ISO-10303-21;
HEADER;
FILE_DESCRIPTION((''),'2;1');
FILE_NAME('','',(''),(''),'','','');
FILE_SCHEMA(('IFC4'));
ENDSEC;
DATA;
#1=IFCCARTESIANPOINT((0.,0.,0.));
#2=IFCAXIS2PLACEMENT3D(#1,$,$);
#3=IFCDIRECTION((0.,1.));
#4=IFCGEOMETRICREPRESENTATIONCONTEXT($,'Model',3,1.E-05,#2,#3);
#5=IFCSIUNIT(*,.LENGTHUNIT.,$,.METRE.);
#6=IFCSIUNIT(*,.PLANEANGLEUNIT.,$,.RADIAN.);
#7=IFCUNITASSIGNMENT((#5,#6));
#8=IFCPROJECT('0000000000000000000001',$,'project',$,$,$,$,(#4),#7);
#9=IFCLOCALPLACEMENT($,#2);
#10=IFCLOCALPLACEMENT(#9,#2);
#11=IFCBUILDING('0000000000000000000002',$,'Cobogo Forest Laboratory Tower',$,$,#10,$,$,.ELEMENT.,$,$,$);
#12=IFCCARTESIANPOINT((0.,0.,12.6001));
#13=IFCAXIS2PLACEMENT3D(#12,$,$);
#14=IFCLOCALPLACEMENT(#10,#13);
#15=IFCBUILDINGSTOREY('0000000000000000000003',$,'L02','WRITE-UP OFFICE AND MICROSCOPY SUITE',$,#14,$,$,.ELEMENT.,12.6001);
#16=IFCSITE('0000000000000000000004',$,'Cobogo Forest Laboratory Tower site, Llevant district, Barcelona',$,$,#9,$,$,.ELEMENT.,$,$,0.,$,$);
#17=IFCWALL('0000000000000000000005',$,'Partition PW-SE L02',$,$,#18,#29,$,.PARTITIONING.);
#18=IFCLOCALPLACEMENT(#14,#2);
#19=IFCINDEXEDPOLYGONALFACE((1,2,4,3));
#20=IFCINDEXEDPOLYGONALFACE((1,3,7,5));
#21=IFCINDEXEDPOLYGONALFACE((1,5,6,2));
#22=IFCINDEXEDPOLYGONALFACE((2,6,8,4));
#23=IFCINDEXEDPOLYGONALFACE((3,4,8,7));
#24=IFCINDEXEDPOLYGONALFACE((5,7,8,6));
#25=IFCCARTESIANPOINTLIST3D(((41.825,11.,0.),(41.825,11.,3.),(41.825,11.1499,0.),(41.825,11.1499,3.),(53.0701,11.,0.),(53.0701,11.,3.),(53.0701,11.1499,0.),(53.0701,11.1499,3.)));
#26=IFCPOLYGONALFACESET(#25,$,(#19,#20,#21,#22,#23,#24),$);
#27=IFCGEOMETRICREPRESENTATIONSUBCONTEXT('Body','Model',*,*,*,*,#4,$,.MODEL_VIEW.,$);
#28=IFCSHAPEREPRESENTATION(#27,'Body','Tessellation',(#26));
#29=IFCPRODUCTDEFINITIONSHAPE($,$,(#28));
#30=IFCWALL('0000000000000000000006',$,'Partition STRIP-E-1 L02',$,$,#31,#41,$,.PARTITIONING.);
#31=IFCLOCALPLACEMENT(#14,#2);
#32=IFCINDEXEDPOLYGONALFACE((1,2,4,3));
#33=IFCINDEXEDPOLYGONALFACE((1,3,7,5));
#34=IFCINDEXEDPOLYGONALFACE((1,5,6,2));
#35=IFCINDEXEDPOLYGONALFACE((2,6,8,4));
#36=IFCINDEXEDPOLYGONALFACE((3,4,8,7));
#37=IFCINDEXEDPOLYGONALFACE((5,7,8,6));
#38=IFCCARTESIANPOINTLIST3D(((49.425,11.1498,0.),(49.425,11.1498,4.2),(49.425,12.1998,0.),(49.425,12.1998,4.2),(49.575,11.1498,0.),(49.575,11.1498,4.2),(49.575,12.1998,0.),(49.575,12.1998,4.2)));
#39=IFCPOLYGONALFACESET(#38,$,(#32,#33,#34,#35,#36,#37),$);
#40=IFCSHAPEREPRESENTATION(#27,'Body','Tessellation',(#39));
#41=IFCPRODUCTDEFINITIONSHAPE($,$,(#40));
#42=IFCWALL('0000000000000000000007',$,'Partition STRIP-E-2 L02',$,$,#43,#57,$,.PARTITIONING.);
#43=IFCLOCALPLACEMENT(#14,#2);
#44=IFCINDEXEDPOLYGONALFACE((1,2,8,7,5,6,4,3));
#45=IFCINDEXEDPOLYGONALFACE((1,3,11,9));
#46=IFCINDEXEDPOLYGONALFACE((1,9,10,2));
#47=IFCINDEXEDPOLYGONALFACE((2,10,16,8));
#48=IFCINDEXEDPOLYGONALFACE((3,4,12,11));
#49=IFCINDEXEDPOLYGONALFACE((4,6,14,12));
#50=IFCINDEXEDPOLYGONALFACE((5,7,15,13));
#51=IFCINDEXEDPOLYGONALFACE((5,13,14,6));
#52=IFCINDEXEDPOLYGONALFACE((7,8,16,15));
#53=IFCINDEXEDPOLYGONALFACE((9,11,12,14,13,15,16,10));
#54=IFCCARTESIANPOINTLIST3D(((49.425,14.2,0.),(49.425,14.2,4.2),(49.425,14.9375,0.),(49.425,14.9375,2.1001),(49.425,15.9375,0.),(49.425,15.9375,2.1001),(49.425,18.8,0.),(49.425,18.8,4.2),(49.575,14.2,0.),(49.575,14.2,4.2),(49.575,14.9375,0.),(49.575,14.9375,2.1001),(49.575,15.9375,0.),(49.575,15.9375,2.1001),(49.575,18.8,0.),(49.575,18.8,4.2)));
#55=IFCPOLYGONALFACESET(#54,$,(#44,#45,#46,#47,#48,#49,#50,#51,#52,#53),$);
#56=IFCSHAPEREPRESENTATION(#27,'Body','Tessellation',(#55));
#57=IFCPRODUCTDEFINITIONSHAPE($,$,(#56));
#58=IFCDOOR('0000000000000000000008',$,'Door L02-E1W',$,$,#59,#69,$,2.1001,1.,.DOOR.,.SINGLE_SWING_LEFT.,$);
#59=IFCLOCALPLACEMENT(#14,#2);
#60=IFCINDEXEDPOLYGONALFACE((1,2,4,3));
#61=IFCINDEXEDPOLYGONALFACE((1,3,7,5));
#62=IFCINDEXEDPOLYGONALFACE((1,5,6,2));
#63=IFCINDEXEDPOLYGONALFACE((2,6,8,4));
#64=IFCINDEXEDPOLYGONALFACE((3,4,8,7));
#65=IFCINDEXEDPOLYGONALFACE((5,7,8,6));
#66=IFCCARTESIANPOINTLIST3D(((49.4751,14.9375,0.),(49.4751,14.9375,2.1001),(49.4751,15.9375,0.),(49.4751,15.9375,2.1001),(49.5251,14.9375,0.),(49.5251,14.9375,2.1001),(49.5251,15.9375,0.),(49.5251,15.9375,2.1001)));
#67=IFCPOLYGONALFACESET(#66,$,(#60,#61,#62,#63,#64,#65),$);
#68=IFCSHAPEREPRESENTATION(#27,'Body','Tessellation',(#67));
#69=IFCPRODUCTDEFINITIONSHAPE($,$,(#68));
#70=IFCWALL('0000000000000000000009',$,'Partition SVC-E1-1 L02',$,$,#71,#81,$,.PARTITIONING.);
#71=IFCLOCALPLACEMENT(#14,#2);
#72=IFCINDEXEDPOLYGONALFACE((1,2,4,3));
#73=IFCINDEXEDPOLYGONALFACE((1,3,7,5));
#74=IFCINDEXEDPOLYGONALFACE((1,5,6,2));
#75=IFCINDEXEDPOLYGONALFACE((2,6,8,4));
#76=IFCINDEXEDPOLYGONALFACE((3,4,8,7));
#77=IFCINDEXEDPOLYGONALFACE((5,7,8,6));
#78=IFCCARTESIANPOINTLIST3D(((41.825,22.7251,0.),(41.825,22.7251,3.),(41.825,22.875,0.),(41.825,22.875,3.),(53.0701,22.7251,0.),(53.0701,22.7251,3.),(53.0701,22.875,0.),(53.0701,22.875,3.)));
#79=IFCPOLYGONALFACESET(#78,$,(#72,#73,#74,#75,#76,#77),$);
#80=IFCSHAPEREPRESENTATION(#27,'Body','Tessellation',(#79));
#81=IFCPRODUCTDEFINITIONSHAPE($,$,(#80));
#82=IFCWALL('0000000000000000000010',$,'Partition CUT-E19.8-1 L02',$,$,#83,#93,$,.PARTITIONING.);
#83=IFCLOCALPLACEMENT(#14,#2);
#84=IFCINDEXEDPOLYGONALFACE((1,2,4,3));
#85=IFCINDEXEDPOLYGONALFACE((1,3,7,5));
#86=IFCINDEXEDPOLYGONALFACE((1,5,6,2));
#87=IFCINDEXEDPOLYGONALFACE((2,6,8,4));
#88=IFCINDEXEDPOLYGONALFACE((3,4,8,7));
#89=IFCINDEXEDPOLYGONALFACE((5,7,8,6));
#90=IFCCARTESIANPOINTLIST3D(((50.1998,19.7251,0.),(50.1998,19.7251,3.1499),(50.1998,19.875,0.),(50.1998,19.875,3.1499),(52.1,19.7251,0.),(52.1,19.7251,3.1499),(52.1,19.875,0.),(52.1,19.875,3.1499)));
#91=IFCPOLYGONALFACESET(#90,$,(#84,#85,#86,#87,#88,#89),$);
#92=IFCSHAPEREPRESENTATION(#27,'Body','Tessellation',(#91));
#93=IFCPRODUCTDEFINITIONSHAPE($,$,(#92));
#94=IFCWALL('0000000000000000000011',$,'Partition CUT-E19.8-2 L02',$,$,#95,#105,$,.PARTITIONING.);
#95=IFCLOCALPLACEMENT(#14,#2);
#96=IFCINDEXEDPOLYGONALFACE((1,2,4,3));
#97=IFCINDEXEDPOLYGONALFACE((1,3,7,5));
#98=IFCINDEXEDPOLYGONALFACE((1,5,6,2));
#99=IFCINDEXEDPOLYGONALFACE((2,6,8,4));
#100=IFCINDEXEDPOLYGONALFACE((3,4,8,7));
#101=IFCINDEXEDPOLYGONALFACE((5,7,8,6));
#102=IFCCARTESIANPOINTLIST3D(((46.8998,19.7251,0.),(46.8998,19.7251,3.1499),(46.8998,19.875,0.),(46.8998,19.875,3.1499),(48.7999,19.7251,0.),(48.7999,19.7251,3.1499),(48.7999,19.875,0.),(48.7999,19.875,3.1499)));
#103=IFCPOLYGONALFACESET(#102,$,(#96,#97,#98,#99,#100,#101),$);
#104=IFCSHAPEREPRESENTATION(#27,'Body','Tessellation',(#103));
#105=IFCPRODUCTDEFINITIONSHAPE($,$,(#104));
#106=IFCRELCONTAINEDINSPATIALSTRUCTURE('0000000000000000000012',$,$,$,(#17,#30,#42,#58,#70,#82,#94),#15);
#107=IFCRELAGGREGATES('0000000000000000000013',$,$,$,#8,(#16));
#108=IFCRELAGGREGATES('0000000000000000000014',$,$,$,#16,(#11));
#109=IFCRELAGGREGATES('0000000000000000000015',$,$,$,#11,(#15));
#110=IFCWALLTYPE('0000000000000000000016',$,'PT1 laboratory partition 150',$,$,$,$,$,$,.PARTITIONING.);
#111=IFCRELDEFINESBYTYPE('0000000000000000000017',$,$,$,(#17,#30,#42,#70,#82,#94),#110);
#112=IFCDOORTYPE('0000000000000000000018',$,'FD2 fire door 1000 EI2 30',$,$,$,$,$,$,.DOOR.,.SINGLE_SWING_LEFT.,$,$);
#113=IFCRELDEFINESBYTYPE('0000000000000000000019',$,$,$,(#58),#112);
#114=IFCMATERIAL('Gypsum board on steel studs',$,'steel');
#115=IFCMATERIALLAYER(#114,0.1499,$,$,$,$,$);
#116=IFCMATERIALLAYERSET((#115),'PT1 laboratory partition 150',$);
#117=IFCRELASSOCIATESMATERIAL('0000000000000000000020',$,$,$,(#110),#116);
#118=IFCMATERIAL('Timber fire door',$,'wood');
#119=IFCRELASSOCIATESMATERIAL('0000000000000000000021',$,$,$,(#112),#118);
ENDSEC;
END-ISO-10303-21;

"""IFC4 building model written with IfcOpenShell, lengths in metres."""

from ifc_helpers import new_model, si_unit, direction, frame, frame_2d, origin, place, context, subcontext, project, spatial, rectangle, extrude, material, layer, layer_set, type_object, element, fill, save


model = new_model("IFC4")

# Units and contexts
model_context = context("Model", 3, precision=1e-05, world=origin(), true_north=direction((0.0, 1.0)))
body_context = subcontext(model_context, "Body", "Model", "MODEL_VIEW")
ifc_project = project(units=[si_unit("LENGTHUNIT", "METRE"), si_unit("PLANEANGLEUNIT", "RADIAN")], contexts=[model_context])

# Site, building, storey
site_placement = place(None, origin())
site = spatial("IfcSite", under=ifc_project, at=site_placement, Name="Cobogo Forest Laboratory Tower site, Llevant district, Barcelona", CompositionType="ELEMENT", RefElevation=0.0)
building_placement = place(site_placement, origin())
building = spatial("IfcBuilding", under=site, at=building_placement, Name="Cobogo Forest Laboratory Tower", CompositionType="ELEMENT")
storey_placement = place(building_placement, frame((0.0, 0.0, 12.6001)))
storey = spatial("IfcBuildingStorey", under=building, at=storey_placement, Name="L02", Description="WRITE-UP OFFICE AND MICROSCOPY SUITE", CompositionType="ELEMENT", Elevation=12.6001)

# Walls
ifc_material_1 = material(Name="Gypsum board on steel studs", Category="steel")
ifc_layer_1 = layer(ifc_material_1, 0.1499)
ifc_layer_set_1 = layer_set([ifc_layer_1], Name="PT1 laboratory partition 150")
wall_type = type_object("IfcWallType", Name="PT1 laboratory partition 150", PredefinedType="PARTITIONING", material=ifc_layer_set_1)
wall_1_placement = place(storey_placement, frame((53.0701, 11.075, 0.0), z_axis=(0.0, 0.0, 1.0), x_axis=(-1.0, 0.0, 0.0)))
element("IfcWall", 1, at=wall_1_placement, inside=storey, type_object=wall_type, Name="Partition PW-SE L02", PredefinedType="PARTITIONING", context=body_context, shape_type="SweptSolid", body=[
    extrude(rectangle(XDim=11.2451, YDim=0.1499, at=frame_2d((5.6226, 0.0))), origin(), (0.0, 0.0, 1.0), 3.0),
])
wall_2_placement = place(storey_placement, frame((49.5, 11.1499, 0.0), z_axis=(0.0, 0.0, 1.0), x_axis=(0.0, 1.0, 0.0)))
element("IfcWall", 2, at=wall_2_placement, inside=storey, type_object=wall_type, Name="Partition STRIP-E-1 L02", PredefinedType="PARTITIONING", context=body_context, shape_type="SweptSolid", body=[
    extrude(rectangle(XDim=1.05, YDim=0.1499, at=frame_2d((0.5249, 0.0))), origin(), (0.0, 0.0, 1.0), 4.2),
])

# Wall, opening, door
wall_3_placement = place(storey_placement, frame((49.5, 14.2, 0.0), z_axis=(0.0, 0.0, 1.0), x_axis=(0.0, 1.0, 0.0)))
wall_3 = element("IfcWall", 3, at=wall_3_placement, inside=storey, type_object=wall_type, Name="Partition STRIP-E-2 L02", PredefinedType="PARTITIONING", context=body_context, shape_type="SweptSolid", body=[
    extrude(rectangle(XDim=4.6001, YDim=0.1499, at=frame_2d((2.3, 0.0))), origin(), (0.0, 0.0, 1.0), 4.2),
])
opening_placement = place(wall_3_placement, frame((0.7375, 0.0, 0.0)))
opening = element("IfcOpeningElement", 4, at=opening_placement, cuts=wall_3, PredefinedType="OPENING", context=body_context, shape_type="SweptSolid", body=[
    extrude(rectangle(XDim=1.0, YDim=2.1001, at=frame_2d((0.5, 1.05))), frame((0.0, 0.085, 0.0), z_axis=(0.0, -1.0, 0.0), x_axis=(1.0, 0.0, 0.0)), (0.0, 0.0, 1.0), 0.1699),
])
ifc_material_2 = material(Name="Timber fire door", Category="wood")
door_type = type_object("IfcDoorType", Name="FD2 fire door 1000 EI2 30", OperationType="SINGLE_SWING_LEFT", PredefinedType="DOOR", material=ifc_material_2)
door_placement = place(opening_placement, origin())
door = element("IfcDoor", 5, at=door_placement, inside=storey, type_object=door_type, Name="Door L02-E1W", OperationType="SINGLE_SWING_LEFT", OverallHeight=2.1001, OverallWidth=1.0, PredefinedType="DOOR", context=body_context, shape_type="SweptSolid", body=[
    extrude(rectangle(XDim=1.0, YDim=2.1001, at=frame_2d((0.5, 1.05))), frame((0.0, 0.0249, 0.0), z_axis=(0.0, -1.0, 0.0), x_axis=(1.0, 0.0, 0.0)), (0.0, 0.0, 1.0), 0.05),
])
fill(opening, door)

# Walls
wall_4_placement = place(storey_placement, frame((53.0701, 22.8, 0.0), z_axis=(0.0, 0.0, 1.0), x_axis=(-1.0, 0.0, 0.0)))
element("IfcWall", 6, at=wall_4_placement, inside=storey, type_object=wall_type, Name="Partition SVC-E1-1 L02", PredefinedType="PARTITIONING", context=body_context, shape_type="SweptSolid", body=[
    extrude(rectangle(XDim=11.2451, YDim=0.1499, at=frame_2d((5.6226, 0.0))), origin(), (0.0, 0.0, 1.0), 3.0),
])
for number, where, z_axis, x_axis, name in (
    (7, (52.1001, 19.8, 0.0), (0.0, 0.0, 1.0), (-1.0, 0.0, 0.0), "Partition CUT-E19.8-1 L02"),
    (8, (48.8, 19.8, 0.0), (0.0, 0.0, 1.0), (-1.0, 0.0, 0.0), "Partition CUT-E19.8-2 L02"),
):
    element("IfcWall", number, at=place(storey_placement, frame(where, z_axis=z_axis, x_axis=x_axis)), inside=storey, type_object=wall_type, Name=name, PredefinedType="PARTITIONING", context=body_context, shape_type="SweptSolid", body=[
        extrude(rectangle(XDim=1.9001, YDim=0.1499, at=frame_2d((0.9502, 0.0))), origin(), (0.0, 0.0, 1.0), 3.1499),
    ])

save(model, "model.ifc")
